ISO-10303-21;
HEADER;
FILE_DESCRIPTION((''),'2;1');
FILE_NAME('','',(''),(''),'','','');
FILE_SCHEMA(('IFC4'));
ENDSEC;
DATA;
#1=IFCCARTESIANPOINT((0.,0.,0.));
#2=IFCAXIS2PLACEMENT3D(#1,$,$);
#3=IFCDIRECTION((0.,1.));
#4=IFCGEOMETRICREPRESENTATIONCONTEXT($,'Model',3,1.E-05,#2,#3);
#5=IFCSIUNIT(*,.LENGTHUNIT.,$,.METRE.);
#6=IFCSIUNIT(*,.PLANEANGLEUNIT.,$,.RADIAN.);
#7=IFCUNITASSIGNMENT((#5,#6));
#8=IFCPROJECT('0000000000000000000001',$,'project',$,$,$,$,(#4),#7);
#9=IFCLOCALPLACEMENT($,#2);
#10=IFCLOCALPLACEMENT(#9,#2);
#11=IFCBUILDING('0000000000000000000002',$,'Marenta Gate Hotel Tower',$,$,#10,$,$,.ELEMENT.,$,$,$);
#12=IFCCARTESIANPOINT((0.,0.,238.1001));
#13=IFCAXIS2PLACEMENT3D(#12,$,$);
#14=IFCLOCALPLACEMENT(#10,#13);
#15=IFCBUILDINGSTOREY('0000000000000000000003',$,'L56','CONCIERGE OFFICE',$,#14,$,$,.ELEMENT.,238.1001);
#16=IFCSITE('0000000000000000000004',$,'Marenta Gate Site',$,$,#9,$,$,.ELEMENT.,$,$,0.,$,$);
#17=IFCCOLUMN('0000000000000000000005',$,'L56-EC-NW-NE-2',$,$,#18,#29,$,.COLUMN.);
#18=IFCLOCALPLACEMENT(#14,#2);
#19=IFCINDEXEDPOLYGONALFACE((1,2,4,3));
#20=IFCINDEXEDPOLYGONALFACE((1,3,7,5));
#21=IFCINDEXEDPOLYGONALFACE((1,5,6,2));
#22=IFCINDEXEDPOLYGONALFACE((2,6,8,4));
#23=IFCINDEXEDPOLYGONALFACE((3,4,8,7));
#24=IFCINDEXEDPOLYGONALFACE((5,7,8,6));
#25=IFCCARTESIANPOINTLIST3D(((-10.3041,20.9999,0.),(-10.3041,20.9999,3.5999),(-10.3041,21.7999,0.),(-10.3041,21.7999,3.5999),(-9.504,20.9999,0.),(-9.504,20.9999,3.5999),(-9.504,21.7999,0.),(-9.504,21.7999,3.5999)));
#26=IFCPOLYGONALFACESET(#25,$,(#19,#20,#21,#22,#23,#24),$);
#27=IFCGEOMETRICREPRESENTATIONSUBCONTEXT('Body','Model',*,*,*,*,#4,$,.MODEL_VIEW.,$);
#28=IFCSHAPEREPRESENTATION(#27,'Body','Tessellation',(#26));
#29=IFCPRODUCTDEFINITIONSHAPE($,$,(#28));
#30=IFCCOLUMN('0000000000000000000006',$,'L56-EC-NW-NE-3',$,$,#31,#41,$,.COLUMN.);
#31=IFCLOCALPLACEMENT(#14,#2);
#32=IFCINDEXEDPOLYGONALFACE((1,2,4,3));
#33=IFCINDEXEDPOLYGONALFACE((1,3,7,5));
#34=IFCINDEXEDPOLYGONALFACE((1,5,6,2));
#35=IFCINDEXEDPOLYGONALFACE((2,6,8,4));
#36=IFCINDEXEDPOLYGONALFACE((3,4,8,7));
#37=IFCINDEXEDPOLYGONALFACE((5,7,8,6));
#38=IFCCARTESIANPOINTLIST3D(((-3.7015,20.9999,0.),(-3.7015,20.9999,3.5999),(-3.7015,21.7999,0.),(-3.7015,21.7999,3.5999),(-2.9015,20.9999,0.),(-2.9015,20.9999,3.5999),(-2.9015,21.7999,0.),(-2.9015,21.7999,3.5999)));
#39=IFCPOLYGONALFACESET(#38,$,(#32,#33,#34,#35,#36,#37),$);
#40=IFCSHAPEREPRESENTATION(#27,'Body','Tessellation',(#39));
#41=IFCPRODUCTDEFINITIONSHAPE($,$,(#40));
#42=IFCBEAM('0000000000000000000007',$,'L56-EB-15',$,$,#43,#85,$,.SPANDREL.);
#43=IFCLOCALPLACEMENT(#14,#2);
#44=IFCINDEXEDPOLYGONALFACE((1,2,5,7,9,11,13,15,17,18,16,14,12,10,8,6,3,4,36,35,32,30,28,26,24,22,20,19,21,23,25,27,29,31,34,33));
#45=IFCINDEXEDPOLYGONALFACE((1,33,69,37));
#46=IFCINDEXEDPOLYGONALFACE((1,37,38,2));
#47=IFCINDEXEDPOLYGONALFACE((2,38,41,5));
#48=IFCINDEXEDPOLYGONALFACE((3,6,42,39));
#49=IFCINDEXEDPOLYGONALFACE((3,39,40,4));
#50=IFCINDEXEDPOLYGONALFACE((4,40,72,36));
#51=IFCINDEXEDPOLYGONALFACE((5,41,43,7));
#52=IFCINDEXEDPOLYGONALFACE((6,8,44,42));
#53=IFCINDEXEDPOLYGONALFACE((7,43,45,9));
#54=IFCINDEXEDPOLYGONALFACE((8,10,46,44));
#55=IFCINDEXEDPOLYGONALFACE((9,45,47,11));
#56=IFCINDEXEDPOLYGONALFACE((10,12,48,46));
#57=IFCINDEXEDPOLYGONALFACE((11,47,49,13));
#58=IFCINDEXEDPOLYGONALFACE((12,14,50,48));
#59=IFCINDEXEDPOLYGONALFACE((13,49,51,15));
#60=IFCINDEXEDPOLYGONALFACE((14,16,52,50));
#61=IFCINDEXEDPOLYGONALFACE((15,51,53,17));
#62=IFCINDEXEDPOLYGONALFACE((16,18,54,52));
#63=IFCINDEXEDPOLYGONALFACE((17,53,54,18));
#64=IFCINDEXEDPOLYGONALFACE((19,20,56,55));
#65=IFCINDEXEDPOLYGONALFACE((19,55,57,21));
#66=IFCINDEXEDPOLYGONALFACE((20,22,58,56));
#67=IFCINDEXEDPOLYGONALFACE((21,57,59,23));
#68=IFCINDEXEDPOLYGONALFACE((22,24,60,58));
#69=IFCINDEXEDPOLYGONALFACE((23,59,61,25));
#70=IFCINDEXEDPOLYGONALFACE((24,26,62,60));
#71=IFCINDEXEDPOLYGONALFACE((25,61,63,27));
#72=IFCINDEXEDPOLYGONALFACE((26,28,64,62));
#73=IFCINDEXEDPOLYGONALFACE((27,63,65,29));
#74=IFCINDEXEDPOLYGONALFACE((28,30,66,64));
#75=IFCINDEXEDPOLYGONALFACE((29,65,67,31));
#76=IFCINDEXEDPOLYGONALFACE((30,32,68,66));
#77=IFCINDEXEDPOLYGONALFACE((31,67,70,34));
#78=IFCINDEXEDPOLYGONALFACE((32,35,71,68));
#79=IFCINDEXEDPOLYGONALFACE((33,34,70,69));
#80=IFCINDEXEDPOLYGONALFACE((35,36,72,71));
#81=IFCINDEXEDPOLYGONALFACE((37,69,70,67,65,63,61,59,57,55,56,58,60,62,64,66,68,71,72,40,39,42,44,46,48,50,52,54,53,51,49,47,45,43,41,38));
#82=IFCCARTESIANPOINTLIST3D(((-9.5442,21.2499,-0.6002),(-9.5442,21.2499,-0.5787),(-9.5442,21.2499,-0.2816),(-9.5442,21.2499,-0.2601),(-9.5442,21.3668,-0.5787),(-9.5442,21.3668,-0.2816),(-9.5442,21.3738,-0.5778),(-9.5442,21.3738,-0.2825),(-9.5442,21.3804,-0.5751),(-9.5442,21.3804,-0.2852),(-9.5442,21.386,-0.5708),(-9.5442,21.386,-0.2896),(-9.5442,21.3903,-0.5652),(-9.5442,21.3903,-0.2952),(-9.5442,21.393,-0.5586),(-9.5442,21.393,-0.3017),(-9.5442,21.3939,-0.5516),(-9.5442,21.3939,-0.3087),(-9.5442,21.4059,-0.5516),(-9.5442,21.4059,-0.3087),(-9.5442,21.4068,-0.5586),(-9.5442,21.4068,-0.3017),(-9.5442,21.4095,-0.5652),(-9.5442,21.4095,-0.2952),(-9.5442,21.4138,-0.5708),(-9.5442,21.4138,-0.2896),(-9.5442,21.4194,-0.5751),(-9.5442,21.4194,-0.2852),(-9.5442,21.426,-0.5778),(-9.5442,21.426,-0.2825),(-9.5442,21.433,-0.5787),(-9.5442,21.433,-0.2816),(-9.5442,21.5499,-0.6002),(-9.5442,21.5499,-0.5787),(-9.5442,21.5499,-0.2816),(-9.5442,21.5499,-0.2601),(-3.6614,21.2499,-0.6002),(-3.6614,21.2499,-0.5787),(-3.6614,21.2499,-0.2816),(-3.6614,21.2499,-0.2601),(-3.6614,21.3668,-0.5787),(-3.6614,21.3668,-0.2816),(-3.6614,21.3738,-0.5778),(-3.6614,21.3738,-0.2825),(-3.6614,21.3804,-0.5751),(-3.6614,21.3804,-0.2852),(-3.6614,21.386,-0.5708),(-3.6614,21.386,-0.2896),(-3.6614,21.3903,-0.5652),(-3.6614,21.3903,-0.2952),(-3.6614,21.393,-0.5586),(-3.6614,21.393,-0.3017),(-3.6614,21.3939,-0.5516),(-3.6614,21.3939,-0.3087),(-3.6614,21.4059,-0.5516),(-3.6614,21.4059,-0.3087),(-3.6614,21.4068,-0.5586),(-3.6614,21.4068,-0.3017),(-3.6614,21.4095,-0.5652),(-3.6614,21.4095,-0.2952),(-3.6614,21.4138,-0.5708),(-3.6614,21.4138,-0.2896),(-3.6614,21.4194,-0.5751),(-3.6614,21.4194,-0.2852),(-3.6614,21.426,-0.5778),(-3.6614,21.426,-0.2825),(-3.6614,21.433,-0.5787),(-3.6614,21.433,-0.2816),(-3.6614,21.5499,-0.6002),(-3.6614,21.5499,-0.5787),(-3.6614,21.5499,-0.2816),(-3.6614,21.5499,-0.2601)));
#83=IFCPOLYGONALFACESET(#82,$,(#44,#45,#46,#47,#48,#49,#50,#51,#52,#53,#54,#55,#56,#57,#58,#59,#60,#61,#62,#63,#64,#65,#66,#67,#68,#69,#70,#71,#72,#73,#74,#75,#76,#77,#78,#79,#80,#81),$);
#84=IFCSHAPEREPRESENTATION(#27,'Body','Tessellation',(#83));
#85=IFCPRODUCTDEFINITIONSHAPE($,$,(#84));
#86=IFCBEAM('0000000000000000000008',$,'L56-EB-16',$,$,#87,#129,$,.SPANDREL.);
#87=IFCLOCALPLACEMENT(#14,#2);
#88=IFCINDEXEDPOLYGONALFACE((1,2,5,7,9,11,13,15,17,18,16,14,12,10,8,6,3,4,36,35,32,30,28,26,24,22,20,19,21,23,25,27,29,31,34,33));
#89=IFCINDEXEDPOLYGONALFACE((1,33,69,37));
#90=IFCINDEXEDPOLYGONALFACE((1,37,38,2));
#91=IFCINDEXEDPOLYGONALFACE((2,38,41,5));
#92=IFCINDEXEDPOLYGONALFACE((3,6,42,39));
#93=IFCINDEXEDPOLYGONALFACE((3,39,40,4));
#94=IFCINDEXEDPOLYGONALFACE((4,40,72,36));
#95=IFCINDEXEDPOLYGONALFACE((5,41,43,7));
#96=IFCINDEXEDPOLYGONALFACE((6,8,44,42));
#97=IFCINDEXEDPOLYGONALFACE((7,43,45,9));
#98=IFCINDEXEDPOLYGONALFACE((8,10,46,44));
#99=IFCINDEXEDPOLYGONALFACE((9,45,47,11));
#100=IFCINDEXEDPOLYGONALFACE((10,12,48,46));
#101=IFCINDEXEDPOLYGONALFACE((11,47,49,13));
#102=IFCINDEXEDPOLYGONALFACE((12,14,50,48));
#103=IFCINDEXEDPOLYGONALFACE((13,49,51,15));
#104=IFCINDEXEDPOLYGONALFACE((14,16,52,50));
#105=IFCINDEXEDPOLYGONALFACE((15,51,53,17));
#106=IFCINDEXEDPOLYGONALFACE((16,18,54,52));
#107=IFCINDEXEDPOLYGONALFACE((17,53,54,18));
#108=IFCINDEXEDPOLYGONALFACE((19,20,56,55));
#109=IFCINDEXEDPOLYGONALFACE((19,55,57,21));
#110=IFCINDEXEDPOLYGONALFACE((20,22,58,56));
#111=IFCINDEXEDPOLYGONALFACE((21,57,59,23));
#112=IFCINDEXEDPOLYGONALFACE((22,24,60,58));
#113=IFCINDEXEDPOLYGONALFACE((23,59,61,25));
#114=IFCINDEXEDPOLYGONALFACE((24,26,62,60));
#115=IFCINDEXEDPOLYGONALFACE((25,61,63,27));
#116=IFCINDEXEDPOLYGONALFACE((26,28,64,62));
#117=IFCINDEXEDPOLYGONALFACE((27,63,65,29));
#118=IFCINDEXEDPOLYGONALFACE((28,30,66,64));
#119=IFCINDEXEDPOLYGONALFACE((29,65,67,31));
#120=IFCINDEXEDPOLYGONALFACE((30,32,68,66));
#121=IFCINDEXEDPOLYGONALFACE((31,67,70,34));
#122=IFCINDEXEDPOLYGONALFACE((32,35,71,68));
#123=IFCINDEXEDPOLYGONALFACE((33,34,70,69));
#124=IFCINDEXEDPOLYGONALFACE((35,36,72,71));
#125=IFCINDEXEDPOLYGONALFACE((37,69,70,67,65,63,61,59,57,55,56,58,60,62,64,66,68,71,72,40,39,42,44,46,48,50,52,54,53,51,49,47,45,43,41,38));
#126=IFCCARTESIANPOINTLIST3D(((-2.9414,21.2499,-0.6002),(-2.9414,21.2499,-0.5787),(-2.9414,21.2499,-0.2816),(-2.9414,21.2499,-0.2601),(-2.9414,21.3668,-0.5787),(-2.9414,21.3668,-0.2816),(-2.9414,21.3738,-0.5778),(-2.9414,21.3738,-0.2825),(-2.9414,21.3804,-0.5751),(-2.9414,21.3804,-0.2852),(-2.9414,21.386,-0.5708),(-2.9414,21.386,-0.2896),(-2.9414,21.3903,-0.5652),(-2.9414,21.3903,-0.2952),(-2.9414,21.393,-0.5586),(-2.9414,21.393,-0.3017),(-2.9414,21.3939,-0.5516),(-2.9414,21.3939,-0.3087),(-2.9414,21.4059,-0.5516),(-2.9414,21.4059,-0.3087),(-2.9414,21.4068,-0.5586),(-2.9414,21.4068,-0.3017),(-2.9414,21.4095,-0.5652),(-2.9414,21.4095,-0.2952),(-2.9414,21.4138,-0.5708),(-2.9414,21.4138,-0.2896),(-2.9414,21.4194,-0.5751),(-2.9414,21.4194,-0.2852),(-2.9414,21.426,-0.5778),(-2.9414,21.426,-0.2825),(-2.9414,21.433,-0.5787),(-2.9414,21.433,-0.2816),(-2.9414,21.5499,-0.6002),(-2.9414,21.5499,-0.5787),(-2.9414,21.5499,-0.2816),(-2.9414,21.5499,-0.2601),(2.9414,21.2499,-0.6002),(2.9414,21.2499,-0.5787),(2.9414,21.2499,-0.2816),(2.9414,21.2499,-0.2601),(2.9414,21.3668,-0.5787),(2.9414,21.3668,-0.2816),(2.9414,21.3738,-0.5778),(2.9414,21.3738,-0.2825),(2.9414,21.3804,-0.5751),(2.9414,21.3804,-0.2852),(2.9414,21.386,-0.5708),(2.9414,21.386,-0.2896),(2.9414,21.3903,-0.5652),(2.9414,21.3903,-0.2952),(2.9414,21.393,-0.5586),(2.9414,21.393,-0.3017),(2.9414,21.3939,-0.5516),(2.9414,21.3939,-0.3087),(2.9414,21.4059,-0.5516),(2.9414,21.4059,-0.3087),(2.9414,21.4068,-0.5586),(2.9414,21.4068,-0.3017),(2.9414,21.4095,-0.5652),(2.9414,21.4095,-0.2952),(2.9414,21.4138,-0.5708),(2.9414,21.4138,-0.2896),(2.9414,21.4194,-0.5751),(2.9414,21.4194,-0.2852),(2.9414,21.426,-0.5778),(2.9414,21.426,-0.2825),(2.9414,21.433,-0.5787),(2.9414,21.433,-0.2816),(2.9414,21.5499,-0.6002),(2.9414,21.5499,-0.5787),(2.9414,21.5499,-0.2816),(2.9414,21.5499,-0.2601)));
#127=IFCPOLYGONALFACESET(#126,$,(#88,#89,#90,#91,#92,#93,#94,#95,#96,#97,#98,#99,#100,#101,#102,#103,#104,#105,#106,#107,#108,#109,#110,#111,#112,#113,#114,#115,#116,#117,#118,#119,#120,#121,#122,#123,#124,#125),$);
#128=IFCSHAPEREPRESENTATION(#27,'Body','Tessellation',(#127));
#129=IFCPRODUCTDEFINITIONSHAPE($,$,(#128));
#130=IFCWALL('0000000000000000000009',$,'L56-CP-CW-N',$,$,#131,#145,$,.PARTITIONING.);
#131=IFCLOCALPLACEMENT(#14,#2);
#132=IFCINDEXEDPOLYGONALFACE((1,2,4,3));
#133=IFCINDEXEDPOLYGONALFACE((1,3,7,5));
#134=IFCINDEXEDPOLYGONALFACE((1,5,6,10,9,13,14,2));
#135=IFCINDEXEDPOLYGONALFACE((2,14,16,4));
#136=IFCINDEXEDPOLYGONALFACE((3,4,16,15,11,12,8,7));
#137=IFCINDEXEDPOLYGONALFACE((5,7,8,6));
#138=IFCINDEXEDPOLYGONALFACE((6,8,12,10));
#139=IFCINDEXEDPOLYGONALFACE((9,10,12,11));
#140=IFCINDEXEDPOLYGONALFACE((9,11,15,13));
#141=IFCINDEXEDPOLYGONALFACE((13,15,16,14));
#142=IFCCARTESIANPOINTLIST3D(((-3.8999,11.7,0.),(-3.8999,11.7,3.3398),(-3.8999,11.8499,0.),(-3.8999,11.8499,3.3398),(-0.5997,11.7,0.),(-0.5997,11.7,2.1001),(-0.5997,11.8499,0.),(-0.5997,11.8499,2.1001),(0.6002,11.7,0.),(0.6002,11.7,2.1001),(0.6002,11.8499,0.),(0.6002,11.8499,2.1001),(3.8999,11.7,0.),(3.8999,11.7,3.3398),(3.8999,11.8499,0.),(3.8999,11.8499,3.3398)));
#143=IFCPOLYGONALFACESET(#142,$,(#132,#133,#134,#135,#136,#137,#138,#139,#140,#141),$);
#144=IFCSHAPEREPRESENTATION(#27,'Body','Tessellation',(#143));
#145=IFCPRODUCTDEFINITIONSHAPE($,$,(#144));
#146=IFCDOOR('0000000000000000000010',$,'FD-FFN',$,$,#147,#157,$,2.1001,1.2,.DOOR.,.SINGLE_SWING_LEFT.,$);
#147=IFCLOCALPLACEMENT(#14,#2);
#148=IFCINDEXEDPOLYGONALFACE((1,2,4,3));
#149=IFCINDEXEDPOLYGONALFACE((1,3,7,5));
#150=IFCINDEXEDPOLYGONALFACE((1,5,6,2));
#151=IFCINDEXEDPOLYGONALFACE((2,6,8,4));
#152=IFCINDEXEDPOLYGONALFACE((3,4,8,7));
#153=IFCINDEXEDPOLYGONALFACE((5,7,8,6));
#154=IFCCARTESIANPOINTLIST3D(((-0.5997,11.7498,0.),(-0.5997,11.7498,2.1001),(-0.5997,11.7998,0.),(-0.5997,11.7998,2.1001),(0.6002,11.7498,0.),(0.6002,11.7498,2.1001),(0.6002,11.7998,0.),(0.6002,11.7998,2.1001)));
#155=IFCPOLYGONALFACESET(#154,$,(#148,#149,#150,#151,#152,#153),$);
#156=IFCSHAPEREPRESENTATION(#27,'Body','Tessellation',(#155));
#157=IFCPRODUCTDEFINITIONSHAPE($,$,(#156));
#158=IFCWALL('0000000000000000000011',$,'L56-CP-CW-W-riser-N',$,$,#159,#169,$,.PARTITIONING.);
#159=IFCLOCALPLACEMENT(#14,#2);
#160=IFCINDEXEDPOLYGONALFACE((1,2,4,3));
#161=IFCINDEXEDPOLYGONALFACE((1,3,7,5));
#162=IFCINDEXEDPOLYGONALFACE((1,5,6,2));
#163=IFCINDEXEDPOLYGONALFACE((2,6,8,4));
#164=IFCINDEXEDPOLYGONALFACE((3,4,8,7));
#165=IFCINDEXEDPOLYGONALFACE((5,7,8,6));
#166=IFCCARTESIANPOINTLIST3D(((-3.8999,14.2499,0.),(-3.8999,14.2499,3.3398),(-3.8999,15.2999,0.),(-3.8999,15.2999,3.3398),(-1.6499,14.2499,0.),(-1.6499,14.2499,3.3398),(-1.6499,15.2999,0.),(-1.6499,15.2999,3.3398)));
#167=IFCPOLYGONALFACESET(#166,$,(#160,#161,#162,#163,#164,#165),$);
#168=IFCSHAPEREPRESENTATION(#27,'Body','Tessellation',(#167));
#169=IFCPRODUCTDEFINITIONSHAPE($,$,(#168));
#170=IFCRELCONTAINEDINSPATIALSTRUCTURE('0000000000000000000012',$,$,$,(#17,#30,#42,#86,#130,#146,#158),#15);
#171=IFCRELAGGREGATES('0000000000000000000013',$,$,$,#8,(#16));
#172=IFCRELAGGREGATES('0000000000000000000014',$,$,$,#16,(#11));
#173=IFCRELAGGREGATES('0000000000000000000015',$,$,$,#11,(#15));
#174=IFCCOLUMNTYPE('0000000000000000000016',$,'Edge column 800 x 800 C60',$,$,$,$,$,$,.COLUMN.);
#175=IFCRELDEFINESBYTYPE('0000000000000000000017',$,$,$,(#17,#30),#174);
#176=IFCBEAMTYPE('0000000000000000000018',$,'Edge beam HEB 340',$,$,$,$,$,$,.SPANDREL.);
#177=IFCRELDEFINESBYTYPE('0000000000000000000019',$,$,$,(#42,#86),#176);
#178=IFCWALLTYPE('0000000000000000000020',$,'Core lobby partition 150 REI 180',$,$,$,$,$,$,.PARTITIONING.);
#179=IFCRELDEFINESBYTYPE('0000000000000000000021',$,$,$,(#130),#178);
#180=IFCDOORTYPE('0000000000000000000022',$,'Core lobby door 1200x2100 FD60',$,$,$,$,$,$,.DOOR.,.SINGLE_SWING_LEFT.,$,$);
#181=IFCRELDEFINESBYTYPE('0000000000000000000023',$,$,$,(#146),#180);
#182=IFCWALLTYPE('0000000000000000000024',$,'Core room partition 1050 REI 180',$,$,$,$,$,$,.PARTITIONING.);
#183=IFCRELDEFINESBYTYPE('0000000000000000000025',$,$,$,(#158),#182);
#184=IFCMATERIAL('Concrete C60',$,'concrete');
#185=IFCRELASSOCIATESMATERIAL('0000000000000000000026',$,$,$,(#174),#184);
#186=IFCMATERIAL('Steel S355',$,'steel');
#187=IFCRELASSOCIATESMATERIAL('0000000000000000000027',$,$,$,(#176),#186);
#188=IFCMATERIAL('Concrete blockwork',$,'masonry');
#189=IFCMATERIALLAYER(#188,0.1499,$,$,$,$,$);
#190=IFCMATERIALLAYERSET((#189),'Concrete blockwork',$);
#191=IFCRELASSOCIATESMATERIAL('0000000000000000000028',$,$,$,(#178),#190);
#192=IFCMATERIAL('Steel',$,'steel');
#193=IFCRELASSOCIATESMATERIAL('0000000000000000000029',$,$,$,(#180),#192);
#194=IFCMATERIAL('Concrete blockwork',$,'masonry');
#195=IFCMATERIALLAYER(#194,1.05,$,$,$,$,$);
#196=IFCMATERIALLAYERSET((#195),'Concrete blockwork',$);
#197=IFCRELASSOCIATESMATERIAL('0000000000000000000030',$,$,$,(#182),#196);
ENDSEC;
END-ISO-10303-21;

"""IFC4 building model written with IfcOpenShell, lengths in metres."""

from ifc_helpers import new_model, si_unit, direction, frame, frame_2d, origin, origin_2d, place, context, subcontext, project, spatial, rectangle, i_section, extrude, material, layer, layer_set, material_profile, profile_set, type_object, element, fill, save


model = new_model("IFC4")

# Units and contexts
model_context = context("Model", 3, precision=1e-05, world=origin(), true_north=direction((0.0, 1.0)))
body_context = subcontext(model_context, "Body", "Model", "MODEL_VIEW")
ifc_project = project(units=[si_unit("LENGTHUNIT", "METRE"), si_unit("PLANEANGLEUNIT", "RADIAN")], contexts=[model_context])

# Site, building, storey
site_placement = place(None, origin())
site = spatial("IfcSite", under=ifc_project, at=site_placement, Name="Marenta Gate Site", CompositionType="ELEMENT", RefElevation=0.0)
building_placement = place(site_placement, origin())
building = spatial("IfcBuilding", under=site, at=building_placement, Name="Marenta Gate Hotel Tower", CompositionType="ELEMENT")
storey_placement = place(building_placement, frame((0.0, 0.0, 238.1001)))
storey = spatial("IfcBuildingStorey", under=building, at=storey_placement, Name="L56", Description="CONCIERGE OFFICE", CompositionType="ELEMENT", Elevation=238.1001)

# Columns
ifc_material_1 = material(Name="Concrete C60", Category="concrete")
ifc_material_profile_1 = material_profile(ifc_material_1, rectangle(XDim=0.8, YDim=0.8, at=origin_2d()), Name="800 x 800")
ifc_profile_set_1 = profile_set([ifc_material_profile_1], Name="Concrete C60")
column_type = type_object("IfcColumnType", Name="Edge column 800 x 800 C60", PredefinedType="COLUMN", material=ifc_profile_set_1)
for number, where, z_axis, x_axis, name in (
    (1, (-9.9041, 21.3999, 0.0), (0.0, 0.0, 1.0), (1.0, 0.0, 0.0), "L56-EC-NW-NE-2"),
    (2, (-3.3015, 21.3999, 0.0), (0.0, 0.0, 1.0), (1.0, 0.0, 0.0), "L56-EC-NW-NE-3"),
):
    element("IfcColumn", number, at=place(storey_placement, frame(where, z_axis=z_axis, x_axis=x_axis)), inside=storey, type_object=column_type, Name=name, PredefinedType="COLUMN", context=body_context, shape_type="SweptSolid", body=[
        extrude(rectangle(XDim=0.8, YDim=0.8, at=origin_2d()), origin(), (0.0, 0.0, 1.0), 3.5999),
    ])

# Beams
ifc_material_2 = material(Name="Steel S355", Category="steel")
ifc_material_profile_2 = material_profile(ifc_material_2, i_section(OverallWidth=0.3, OverallDepth=0.3401, WebThickness=0.012, FlangeThickness=0.0215, FilletRadius=0.0271, at=origin_2d()), Name="HEB 340")
ifc_profile_set_2 = profile_set([ifc_material_profile_2], Name="Steel S355")
beam_type = type_object("IfcBeamType", Name="Edge beam HEB 340", PredefinedType="SPANDREL", material=ifc_profile_set_2)
for number, where, z_axis, x_axis, name in (
    (3, (-9.5442, 21.3999, -0.4302), (1.0, 0.0, 0.0), (0.0, 1.0, 0.0), "L56-EB-15"),
    (4, (-2.9414, 21.3999, -0.4302), (1.0, 0.0, 0.0), (0.0, 1.0, 0.0), "L56-EB-16"),
):
    element("IfcBeam", number, at=place(storey_placement, frame(where, z_axis=z_axis, x_axis=x_axis)), inside=storey, type_object=beam_type, Name=name, PredefinedType="SPANDREL", context=body_context, shape_type="SweptSolid", body=[
        extrude(i_section(OverallWidth=0.3, OverallDepth=0.3401, WebThickness=0.012, FlangeThickness=0.0215, FilletRadius=0.0271, at=origin_2d()), origin(), (0.0, 0.0, 1.0), 5.8828),
    ])

# Wall, opening, door
ifc_material_3 = material(Name="Concrete blockwork", Category="masonry")
ifc_layer_1 = layer(ifc_material_3, 0.1499)
ifc_layer_set_1 = layer_set([ifc_layer_1], Name="Concrete blockwork")
wall_type_1 = type_object("IfcWallType", Name="Core lobby partition 150 REI 180", PredefinedType="PARTITIONING", material=ifc_layer_set_1)
wall_1_placement = place(storey_placement, frame((-3.8999, 11.7749, 0.0), z_axis=(0.0, 0.0, 1.0), x_axis=(1.0, 0.0, 0.0)))
wall_1 = element("IfcWall", 5, at=wall_1_placement, inside=storey, type_object=wall_type_1, Name="L56-CP-CW-N", PredefinedType="PARTITIONING", context=body_context, shape_type="SweptSolid", body=[
    extrude(rectangle(XDim=7.7998, YDim=0.1499, at=frame_2d((3.8999, 0.0))), origin(), (0.0, 0.0, 1.0), 3.3398),
])
opening_1_placement = place(wall_1_placement, frame((3.3, 0.0, 0.0)))
opening_1 = element("IfcOpeningElement", 6, at=opening_1_placement, cuts=wall_1, PredefinedType="OPENING", context=body_context, shape_type="SweptSolid", body=[
    extrude(rectangle(XDim=1.2, YDim=2.1001, at=frame_2d((0.6001, 1.05))), frame((0.0, 0.075, 0.0), z_axis=(0.0, -1.0, 0.0), x_axis=(1.0, 0.0, 0.0)), (0.0, 0.0, 1.0), 0.1499),
])
ifc_material_4 = material(Name="Steel", Category="steel")
door_type_1 = type_object("IfcDoorType", Name="Core lobby door 1200x2100 FD60", OperationType="SINGLE_SWING_LEFT", PredefinedType="DOOR", material=ifc_material_4)
door_1_placement = place(opening_1_placement, origin())
door_1 = element("IfcDoor", 7, at=door_1_placement, inside=storey, type_object=door_type_1, Name="FD-FFN", OperationType="SINGLE_SWING_LEFT", OverallHeight=2.1001, OverallWidth=1.2, PredefinedType="DOOR", context=body_context, shape_type="SweptSolid", body=[
    extrude(rectangle(XDim=1.2, YDim=2.1001, at=frame_2d((0.6001, 1.05))), frame((0.0, 0.0249, 0.0), z_axis=(0.0, -1.0, 0.0), x_axis=(1.0, 0.0, 0.0)), (0.0, 0.0, 1.0), 0.05),
])
fill(opening_1, door_1)

# Wall
ifc_material_5 = material(Name="Concrete blockwork", Category="masonry")
ifc_layer_2 = layer(ifc_material_5, 1.05)
ifc_layer_set_2 = layer_set([ifc_layer_2], Name="Concrete blockwork")
wall_type_2 = type_object("IfcWallType", Name="Core room partition 1050 REI 180", PredefinedType="PARTITIONING", material=ifc_layer_set_2)
wall_2_placement = place(storey_placement, frame((-3.8999, 14.7749, 0.0), z_axis=(0.0, 0.0, 1.0), x_axis=(1.0, 0.0, 0.0)))
element("IfcWall", 8, at=wall_2_placement, inside=storey, type_object=wall_type_2, Name="L56-CP-CW-W-riser-N", PredefinedType="PARTITIONING", context=body_context, shape_type="SweptSolid", body=[
    extrude(rectangle(XDim=2.25, YDim=1.05, at=frame_2d((1.125, 0.0))), origin(), (0.0, 0.0, 1.0), 3.3398),
])

save(model, "model.ifc")
